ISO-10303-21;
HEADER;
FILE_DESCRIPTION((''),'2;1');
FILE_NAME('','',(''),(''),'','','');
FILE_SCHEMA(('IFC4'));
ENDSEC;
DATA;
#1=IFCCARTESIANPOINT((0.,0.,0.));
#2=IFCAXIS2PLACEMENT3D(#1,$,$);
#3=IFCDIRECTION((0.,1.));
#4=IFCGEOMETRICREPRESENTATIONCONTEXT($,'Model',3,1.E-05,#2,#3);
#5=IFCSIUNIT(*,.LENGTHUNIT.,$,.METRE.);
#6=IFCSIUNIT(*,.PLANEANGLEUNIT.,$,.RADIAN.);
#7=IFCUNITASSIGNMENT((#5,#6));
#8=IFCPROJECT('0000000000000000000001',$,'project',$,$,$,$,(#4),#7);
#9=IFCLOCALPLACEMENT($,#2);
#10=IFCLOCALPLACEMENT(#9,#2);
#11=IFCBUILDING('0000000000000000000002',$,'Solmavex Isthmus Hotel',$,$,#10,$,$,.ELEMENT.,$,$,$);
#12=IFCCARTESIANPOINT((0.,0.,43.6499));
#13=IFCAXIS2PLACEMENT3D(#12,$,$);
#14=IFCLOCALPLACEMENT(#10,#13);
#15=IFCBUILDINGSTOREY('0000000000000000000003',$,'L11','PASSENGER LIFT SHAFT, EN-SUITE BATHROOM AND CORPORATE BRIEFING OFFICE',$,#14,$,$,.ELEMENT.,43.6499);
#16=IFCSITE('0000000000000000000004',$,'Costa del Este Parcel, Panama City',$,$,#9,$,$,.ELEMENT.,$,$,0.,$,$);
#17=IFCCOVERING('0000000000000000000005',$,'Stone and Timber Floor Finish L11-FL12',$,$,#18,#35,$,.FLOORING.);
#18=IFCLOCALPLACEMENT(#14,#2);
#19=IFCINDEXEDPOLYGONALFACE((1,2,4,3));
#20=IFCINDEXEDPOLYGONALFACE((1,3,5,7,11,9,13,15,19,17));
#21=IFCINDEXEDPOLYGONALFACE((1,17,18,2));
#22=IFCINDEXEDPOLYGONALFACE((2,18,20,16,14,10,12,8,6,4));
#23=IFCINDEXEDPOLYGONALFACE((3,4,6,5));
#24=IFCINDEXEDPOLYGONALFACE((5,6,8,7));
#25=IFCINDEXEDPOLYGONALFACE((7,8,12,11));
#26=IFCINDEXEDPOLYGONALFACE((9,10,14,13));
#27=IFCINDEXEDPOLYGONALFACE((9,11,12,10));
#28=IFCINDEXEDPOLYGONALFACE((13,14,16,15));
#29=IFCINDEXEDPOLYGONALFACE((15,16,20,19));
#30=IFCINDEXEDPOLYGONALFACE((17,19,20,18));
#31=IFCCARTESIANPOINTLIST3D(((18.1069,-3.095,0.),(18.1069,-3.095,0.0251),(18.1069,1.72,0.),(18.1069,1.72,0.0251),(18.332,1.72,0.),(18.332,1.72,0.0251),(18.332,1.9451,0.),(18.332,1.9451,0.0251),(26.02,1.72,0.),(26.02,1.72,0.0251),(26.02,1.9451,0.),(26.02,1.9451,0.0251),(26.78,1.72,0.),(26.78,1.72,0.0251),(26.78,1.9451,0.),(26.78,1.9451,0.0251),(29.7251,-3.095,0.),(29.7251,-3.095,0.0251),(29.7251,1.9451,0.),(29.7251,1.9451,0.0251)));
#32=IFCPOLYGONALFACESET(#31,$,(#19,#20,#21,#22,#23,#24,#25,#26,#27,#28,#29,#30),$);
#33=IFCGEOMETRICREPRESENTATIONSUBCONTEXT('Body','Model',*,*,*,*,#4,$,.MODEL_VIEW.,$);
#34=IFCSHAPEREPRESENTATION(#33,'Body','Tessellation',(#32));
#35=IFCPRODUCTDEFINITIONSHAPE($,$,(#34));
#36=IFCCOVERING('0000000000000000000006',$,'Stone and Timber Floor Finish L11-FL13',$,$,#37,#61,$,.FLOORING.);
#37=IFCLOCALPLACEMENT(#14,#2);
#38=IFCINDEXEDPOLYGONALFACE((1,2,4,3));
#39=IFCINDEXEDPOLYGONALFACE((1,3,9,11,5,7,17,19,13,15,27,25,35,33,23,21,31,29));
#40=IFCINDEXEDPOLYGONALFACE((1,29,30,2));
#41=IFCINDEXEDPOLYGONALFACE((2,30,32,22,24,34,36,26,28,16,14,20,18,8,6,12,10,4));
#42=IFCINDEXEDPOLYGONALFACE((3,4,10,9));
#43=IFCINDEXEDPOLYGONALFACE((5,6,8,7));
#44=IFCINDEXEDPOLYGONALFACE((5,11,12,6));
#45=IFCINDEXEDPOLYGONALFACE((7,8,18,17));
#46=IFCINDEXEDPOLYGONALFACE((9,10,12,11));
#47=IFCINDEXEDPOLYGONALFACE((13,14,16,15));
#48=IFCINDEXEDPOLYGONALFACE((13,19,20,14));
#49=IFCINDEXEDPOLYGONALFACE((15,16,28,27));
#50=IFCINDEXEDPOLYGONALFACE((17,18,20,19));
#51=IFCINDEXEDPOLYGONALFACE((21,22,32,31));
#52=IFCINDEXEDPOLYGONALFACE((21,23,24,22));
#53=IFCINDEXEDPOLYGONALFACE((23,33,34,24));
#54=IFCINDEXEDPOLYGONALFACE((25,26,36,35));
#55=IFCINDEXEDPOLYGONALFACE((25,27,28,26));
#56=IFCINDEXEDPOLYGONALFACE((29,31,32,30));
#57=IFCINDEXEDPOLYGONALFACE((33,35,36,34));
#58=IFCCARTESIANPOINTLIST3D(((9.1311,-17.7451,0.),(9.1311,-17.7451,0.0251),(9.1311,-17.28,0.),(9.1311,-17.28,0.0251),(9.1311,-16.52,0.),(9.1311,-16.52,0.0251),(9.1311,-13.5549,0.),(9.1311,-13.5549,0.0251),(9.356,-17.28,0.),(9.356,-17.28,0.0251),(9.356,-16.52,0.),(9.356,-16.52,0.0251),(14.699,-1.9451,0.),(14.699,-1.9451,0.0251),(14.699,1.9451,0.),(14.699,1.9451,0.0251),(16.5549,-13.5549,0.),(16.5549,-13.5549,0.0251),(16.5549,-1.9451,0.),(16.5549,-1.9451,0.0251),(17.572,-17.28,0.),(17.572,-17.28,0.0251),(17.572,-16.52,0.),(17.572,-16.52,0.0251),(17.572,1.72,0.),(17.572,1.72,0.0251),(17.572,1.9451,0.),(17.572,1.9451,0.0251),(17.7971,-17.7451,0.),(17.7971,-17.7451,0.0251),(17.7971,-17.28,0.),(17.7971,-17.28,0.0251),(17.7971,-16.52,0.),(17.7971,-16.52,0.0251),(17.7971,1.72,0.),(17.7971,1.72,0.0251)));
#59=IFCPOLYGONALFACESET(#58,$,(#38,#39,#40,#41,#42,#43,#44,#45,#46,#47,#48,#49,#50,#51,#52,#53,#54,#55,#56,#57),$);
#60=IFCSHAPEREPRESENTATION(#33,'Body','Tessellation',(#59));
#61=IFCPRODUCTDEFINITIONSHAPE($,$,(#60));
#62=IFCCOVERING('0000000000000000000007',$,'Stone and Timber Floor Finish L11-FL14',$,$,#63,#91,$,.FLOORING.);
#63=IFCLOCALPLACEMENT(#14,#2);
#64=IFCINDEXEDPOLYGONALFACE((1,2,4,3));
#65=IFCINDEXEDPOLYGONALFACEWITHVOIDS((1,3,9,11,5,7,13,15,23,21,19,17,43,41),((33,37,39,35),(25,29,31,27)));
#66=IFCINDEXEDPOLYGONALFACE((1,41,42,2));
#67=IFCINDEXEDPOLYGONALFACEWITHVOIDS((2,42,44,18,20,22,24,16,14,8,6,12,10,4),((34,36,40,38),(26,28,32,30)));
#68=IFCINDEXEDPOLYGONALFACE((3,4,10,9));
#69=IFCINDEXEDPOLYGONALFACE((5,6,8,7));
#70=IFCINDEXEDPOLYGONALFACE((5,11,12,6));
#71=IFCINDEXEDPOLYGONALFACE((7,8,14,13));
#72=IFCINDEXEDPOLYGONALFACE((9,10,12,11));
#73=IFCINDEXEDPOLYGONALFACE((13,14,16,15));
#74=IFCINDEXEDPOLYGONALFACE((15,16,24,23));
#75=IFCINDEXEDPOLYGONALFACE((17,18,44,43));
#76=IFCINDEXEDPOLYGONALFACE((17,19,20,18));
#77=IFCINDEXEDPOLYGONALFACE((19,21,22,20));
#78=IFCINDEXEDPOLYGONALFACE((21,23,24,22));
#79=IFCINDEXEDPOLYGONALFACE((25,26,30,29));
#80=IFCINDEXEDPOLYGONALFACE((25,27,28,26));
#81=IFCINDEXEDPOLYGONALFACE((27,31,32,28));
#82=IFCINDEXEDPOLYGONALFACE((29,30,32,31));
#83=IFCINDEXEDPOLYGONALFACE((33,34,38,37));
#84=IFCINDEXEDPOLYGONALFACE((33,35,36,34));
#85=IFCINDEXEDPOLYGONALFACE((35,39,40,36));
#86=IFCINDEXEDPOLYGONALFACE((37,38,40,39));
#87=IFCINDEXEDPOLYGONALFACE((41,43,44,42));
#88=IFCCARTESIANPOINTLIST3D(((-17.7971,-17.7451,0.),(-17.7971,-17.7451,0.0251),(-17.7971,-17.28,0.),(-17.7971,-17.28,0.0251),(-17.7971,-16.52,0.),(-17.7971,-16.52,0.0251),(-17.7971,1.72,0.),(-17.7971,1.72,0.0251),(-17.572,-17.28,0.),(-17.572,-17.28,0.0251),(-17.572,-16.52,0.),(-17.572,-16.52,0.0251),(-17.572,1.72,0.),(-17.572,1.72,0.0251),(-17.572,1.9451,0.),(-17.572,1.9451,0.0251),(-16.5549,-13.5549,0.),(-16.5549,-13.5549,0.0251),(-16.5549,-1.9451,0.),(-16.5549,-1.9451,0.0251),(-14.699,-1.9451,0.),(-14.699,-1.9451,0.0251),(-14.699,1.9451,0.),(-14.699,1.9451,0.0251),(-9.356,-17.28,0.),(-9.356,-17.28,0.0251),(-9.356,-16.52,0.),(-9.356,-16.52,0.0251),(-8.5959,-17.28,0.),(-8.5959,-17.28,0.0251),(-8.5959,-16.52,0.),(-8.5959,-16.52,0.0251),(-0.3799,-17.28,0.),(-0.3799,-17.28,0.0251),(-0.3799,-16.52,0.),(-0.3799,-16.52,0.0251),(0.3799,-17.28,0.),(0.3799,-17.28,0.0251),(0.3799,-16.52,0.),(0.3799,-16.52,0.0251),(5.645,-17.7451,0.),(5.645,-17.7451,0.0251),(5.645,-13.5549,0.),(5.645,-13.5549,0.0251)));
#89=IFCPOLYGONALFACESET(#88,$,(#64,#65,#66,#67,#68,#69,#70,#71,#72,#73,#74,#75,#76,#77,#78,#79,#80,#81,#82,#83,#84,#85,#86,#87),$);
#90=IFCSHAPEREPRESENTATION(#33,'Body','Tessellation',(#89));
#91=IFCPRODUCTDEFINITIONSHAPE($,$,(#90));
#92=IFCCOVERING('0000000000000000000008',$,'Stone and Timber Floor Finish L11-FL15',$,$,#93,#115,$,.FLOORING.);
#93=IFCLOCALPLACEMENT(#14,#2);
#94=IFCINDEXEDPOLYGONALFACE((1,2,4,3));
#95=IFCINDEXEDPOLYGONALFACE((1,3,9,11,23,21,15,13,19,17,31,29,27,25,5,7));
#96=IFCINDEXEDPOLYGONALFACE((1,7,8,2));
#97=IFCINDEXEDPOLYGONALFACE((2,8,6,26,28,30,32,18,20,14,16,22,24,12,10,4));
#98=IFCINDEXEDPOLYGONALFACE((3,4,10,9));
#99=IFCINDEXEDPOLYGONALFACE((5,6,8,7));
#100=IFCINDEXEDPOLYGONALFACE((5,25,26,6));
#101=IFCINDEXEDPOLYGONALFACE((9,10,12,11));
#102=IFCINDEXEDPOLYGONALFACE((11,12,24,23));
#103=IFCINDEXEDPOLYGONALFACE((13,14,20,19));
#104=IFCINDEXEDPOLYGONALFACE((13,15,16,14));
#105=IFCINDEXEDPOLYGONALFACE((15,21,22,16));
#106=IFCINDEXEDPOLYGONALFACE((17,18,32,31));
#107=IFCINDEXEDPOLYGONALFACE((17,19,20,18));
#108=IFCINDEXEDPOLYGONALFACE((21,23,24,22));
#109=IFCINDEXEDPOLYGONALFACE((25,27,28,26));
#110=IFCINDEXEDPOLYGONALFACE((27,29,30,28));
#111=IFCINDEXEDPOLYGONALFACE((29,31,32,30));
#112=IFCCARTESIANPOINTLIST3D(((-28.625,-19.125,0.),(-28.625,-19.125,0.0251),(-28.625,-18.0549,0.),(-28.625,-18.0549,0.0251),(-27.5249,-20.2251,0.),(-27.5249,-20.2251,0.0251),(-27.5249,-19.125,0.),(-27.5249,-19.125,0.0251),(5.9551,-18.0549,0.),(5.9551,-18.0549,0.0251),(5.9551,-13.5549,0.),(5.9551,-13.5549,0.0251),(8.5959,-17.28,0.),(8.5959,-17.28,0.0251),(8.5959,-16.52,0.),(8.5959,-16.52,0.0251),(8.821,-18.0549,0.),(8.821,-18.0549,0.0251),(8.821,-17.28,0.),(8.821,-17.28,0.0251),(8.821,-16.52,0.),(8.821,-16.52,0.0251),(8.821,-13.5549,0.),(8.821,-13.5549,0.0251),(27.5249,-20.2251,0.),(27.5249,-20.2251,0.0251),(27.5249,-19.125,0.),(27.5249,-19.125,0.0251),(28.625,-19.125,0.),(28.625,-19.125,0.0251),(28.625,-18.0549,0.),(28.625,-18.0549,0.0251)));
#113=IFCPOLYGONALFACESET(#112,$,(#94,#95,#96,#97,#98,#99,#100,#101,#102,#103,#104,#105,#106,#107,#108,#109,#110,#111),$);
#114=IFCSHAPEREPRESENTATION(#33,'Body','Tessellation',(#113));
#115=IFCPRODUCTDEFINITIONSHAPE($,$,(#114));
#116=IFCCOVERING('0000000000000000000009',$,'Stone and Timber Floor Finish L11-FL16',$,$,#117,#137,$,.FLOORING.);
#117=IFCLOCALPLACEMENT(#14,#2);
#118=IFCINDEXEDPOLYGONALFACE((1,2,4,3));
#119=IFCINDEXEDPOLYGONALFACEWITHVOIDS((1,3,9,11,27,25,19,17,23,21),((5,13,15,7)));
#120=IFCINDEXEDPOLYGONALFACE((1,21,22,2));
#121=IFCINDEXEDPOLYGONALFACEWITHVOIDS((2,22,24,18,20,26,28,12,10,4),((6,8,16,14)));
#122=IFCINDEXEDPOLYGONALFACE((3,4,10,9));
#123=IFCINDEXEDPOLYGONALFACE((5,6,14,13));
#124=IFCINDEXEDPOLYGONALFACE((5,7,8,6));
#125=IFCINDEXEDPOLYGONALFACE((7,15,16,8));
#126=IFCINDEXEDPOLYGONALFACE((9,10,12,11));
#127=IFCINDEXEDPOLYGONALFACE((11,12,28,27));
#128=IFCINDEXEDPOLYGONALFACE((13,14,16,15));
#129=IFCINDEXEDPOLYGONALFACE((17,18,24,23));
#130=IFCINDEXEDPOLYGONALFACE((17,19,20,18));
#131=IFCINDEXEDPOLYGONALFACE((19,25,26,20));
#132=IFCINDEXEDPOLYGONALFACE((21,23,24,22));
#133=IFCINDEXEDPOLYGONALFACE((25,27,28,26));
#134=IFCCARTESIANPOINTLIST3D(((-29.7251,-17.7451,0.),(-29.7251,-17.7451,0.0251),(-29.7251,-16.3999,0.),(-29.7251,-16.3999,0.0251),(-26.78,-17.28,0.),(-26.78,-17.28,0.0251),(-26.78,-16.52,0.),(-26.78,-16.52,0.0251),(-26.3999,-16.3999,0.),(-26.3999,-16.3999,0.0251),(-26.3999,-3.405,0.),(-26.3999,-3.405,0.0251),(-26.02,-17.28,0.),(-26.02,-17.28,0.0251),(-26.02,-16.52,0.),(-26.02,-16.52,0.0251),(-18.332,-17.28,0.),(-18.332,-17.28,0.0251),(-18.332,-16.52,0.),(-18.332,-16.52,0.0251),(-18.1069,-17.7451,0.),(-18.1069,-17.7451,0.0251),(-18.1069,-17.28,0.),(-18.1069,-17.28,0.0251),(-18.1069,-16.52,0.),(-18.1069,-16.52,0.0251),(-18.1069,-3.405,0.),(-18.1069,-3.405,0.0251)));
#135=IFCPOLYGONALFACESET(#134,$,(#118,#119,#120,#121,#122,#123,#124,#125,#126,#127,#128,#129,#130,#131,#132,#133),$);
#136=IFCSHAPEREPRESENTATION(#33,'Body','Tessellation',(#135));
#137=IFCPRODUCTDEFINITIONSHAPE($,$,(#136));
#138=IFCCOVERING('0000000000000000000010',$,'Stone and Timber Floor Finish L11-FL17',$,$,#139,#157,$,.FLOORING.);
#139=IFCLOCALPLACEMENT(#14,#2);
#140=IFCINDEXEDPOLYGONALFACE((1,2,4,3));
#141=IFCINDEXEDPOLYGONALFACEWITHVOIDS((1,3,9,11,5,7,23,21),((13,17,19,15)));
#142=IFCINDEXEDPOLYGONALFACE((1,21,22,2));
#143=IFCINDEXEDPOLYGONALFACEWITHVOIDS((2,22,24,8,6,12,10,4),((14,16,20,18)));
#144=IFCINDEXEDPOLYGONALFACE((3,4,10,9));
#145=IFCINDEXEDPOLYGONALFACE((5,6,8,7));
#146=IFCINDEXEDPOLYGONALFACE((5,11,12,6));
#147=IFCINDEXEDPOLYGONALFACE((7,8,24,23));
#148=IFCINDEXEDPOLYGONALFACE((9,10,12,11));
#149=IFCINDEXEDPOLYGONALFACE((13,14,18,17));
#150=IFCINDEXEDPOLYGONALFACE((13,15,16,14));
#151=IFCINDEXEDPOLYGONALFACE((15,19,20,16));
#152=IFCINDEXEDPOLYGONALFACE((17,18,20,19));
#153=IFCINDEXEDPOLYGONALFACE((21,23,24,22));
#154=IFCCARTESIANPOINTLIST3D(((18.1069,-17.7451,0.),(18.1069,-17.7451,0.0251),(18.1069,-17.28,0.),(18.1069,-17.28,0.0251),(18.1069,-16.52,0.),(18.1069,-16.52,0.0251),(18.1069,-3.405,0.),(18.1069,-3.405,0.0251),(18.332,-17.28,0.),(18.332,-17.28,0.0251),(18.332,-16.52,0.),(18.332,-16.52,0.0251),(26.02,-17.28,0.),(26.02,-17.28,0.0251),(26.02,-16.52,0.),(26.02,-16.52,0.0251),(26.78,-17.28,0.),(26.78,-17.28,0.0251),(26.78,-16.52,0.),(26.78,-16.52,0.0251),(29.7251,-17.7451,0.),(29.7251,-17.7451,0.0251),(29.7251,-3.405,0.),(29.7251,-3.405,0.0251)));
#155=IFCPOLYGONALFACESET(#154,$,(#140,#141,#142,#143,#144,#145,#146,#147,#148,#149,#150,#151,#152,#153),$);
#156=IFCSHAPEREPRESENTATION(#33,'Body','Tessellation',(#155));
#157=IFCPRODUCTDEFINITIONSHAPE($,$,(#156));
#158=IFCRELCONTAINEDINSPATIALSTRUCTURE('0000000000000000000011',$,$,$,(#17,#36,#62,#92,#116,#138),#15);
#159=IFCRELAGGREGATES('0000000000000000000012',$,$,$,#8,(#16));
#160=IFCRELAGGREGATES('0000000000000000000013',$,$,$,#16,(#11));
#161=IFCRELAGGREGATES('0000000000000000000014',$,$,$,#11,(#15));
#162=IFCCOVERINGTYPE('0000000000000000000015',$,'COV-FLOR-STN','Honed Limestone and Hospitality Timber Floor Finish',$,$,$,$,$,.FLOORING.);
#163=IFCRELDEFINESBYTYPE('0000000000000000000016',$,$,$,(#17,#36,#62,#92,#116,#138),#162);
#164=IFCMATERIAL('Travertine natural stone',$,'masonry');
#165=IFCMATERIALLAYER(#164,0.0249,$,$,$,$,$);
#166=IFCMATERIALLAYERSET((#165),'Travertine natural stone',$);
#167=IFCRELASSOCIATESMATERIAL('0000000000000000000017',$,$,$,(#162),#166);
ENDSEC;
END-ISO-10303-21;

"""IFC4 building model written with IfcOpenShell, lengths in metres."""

from ifc_helpers import new_model, si_unit, direction, frame, origin, place, context, subcontext, project, spatial, polyline, outline, extrude, material, layer, layer_set, type_object, element, save


model = new_model("IFC4")

# Units and contexts
model_context = context("Model", 3, precision=1e-05, world=origin(), true_north=direction((0.0, 1.0)))
body_context = subcontext(model_context, "Body", "Model", "MODEL_VIEW")
ifc_project = project(units=[si_unit("LENGTHUNIT", "METRE"), si_unit("PLANEANGLEUNIT", "RADIAN")], contexts=[model_context])

# Site, building, storey
site_placement = place(None, origin())
site = spatial("IfcSite", under=ifc_project, at=site_placement, Name="Costa del Este Parcel, Panama City", CompositionType="ELEMENT", RefElevation=0.0)
building_placement = place(site_placement, origin())
building = spatial("IfcBuilding", under=site, at=building_placement, Name="Solmavex Isthmus Hotel", CompositionType="ELEMENT")
storey_placement = place(building_placement, frame((0.0, 0.0, 43.6499)))
storey = spatial("IfcBuildingStorey", under=building, at=storey_placement, Name="L11", Description="PASSENGER LIFT SHAFT, EN-SUITE BATHROOM AND CORPORATE BRIEFING OFFICE", CompositionType="ELEMENT", Elevation=43.6499)

# Coverings
ifc_material_1 = material(Name="Travertine natural stone", Category="masonry")
ifc_layer_1 = layer(ifc_material_1, 0.0249)
ifc_layer_set_1 = layer_set([ifc_layer_1], Name="Travertine natural stone")
covering_type_1 = type_object("IfcCoveringType", Name="COV-FLOR-STN", Description="Honed Limestone and Hospitality Timber Floor Finish", PredefinedType="FLOORING", material=ifc_layer_set_1)
covering_1_placement = place(storey_placement, origin())
element("IfcCovering", 1, at=covering_1_placement, inside=storey, type_object=covering_type_1, Name="Stone and Timber Floor Finish L11-FL12", PredefinedType="FLOORING", context=body_context, shape_type="SweptSolid", body=[
    extrude(outline(polyline([(26.78, 1.9451), (26.78, 1.72), (26.02, 1.72), (26.02, 1.9451), (18.332, 1.9451), (18.332, 1.72), (18.1069, 1.72), (18.1069, -3.095), (29.7251, -3.095), (29.7251, 1.9451), (26.78, 1.9451)])), origin(), (0.0, 0.0, 1.0), 0.0251),
])
covering_2_placement = place(storey_placement, origin())
element("IfcCovering", 2, at=covering_2_placement, inside=storey, type_object=covering_type_1, Name="Stone and Timber Floor Finish L11-FL13", PredefinedType="FLOORING", context=body_context, shape_type="SweptSolid", body=[
    extrude(outline(polyline([(17.7971, 1.72), (17.572, 1.72), (17.572, 1.9451), (14.699, 1.9451), (14.699, -1.9451), (16.5549, -1.9451), (16.5549, -13.5549), (9.1311, -13.5549), (9.1311, -16.52), (9.356, -16.52), (9.356, -17.28), (9.1311, -17.28), (9.1311, -17.7451), (17.7971, -17.7451), (17.7971, -17.28), (17.572, -17.28), (17.572, -16.52), (17.7971, -16.52), (17.7971, 1.72)])), origin(), (0.0, 0.0, 1.0), 0.0251),
])
covering_3_placement = place(storey_placement, origin())
element("IfcCovering", 3, at=covering_3_placement, inside=storey, type_object=covering_type_1, Name="Stone and Timber Floor Finish L11-FL14", PredefinedType="FLOORING", context=body_context, shape_type="SweptSolid", body=[
    extrude(outline(polyline([(-17.7971, -16.52), (-17.572, -16.52), (-17.572, -17.28), (-17.7971, -17.28), (-17.7971, -17.7451), (5.645, -17.7451), (5.645, -13.5549), (-16.5549, -13.5549), (-16.5549, -1.9451), (-14.699, -1.9451), (-14.699, 1.9451), (-17.572, 1.9451), (-17.572, 1.72), (-17.7971, 1.72), (-17.7971, -16.52)]), holes=[polyline([(-0.3799, -17.28), (-0.3799, -16.52), (0.3799, -16.52), (0.3799, -17.28), (-0.3799, -17.28)]), polyline([(-9.356, -17.28), (-9.356, -16.52), (-8.5959, -16.52), (-8.5959, -17.28), (-9.356, -17.28)])]), origin(), (0.0, 0.0, 1.0), 0.0251),
])
covering_4_placement = place(storey_placement, origin())
element("IfcCovering", 4, at=covering_4_placement, inside=storey, type_object=covering_type_1, Name="Stone and Timber Floor Finish L11-FL15", PredefinedType="FLOORING", context=body_context, shape_type="SweptSolid", body=[
    extrude(outline(polyline([(-28.625, -18.0549), (-28.625, -19.125), (-27.5249, -19.125), (-27.5249, -20.2251), (27.5249, -20.2251), (27.5249, -19.125), (28.625, -19.125), (28.625, -18.0549), (8.821, -18.0549), (8.821, -17.28), (8.5959, -17.28), (8.5959, -16.52), (8.821, -16.52), (8.821, -13.5549), (5.9551, -13.5549), (5.9551, -18.0549), (-28.625, -18.0549)])), origin(), (0.0, 0.0, 1.0), 0.0251),
])
covering_5_placement = place(storey_placement, origin())
element("IfcCovering", 5, at=covering_5_placement, inside=storey, type_object=covering_type_1, Name="Stone and Timber Floor Finish L11-FL16", PredefinedType="FLOORING", context=body_context, shape_type="SweptSolid", body=[
    extrude(outline(polyline([(-18.1069, -17.28), (-18.332, -17.28), (-18.332, -16.52), (-18.1069, -16.52), (-18.1069, -3.405), (-26.3999, -3.405), (-26.3999, -16.3999), (-29.7251, -16.3999), (-29.7251, -17.7451), (-18.1069, -17.7451), (-18.1069, -17.28)]), holes=[polyline([(-26.78, -17.28), (-26.78, -16.52), (-26.02, -16.52), (-26.02, -17.28), (-26.78, -17.28)])]), origin(), (0.0, 0.0, 1.0), 0.0251),
])
covering_6_placement = place(storey_placement, origin())
element("IfcCovering", 6, at=covering_6_placement, inside=storey, type_object=covering_type_1, Name="Stone and Timber Floor Finish L11-FL17", PredefinedType="FLOORING", context=body_context, shape_type="SweptSolid", body=[
    extrude(outline(polyline([(18.1069, -16.52), (18.332, -16.52), (18.332, -17.28), (18.1069, -17.28), (18.1069, -17.7451), (29.7251, -17.7451), (29.7251, -3.405), (18.1069, -3.405), (18.1069, -16.52)]), holes=[polyline([(26.02, -17.28), (26.02, -16.52), (26.78, -16.52), (26.78, -17.28), (26.02, -17.28)])]), origin(), (0.0, 0.0, 1.0), 0.0251),
])

save(model, "model.ifc")
